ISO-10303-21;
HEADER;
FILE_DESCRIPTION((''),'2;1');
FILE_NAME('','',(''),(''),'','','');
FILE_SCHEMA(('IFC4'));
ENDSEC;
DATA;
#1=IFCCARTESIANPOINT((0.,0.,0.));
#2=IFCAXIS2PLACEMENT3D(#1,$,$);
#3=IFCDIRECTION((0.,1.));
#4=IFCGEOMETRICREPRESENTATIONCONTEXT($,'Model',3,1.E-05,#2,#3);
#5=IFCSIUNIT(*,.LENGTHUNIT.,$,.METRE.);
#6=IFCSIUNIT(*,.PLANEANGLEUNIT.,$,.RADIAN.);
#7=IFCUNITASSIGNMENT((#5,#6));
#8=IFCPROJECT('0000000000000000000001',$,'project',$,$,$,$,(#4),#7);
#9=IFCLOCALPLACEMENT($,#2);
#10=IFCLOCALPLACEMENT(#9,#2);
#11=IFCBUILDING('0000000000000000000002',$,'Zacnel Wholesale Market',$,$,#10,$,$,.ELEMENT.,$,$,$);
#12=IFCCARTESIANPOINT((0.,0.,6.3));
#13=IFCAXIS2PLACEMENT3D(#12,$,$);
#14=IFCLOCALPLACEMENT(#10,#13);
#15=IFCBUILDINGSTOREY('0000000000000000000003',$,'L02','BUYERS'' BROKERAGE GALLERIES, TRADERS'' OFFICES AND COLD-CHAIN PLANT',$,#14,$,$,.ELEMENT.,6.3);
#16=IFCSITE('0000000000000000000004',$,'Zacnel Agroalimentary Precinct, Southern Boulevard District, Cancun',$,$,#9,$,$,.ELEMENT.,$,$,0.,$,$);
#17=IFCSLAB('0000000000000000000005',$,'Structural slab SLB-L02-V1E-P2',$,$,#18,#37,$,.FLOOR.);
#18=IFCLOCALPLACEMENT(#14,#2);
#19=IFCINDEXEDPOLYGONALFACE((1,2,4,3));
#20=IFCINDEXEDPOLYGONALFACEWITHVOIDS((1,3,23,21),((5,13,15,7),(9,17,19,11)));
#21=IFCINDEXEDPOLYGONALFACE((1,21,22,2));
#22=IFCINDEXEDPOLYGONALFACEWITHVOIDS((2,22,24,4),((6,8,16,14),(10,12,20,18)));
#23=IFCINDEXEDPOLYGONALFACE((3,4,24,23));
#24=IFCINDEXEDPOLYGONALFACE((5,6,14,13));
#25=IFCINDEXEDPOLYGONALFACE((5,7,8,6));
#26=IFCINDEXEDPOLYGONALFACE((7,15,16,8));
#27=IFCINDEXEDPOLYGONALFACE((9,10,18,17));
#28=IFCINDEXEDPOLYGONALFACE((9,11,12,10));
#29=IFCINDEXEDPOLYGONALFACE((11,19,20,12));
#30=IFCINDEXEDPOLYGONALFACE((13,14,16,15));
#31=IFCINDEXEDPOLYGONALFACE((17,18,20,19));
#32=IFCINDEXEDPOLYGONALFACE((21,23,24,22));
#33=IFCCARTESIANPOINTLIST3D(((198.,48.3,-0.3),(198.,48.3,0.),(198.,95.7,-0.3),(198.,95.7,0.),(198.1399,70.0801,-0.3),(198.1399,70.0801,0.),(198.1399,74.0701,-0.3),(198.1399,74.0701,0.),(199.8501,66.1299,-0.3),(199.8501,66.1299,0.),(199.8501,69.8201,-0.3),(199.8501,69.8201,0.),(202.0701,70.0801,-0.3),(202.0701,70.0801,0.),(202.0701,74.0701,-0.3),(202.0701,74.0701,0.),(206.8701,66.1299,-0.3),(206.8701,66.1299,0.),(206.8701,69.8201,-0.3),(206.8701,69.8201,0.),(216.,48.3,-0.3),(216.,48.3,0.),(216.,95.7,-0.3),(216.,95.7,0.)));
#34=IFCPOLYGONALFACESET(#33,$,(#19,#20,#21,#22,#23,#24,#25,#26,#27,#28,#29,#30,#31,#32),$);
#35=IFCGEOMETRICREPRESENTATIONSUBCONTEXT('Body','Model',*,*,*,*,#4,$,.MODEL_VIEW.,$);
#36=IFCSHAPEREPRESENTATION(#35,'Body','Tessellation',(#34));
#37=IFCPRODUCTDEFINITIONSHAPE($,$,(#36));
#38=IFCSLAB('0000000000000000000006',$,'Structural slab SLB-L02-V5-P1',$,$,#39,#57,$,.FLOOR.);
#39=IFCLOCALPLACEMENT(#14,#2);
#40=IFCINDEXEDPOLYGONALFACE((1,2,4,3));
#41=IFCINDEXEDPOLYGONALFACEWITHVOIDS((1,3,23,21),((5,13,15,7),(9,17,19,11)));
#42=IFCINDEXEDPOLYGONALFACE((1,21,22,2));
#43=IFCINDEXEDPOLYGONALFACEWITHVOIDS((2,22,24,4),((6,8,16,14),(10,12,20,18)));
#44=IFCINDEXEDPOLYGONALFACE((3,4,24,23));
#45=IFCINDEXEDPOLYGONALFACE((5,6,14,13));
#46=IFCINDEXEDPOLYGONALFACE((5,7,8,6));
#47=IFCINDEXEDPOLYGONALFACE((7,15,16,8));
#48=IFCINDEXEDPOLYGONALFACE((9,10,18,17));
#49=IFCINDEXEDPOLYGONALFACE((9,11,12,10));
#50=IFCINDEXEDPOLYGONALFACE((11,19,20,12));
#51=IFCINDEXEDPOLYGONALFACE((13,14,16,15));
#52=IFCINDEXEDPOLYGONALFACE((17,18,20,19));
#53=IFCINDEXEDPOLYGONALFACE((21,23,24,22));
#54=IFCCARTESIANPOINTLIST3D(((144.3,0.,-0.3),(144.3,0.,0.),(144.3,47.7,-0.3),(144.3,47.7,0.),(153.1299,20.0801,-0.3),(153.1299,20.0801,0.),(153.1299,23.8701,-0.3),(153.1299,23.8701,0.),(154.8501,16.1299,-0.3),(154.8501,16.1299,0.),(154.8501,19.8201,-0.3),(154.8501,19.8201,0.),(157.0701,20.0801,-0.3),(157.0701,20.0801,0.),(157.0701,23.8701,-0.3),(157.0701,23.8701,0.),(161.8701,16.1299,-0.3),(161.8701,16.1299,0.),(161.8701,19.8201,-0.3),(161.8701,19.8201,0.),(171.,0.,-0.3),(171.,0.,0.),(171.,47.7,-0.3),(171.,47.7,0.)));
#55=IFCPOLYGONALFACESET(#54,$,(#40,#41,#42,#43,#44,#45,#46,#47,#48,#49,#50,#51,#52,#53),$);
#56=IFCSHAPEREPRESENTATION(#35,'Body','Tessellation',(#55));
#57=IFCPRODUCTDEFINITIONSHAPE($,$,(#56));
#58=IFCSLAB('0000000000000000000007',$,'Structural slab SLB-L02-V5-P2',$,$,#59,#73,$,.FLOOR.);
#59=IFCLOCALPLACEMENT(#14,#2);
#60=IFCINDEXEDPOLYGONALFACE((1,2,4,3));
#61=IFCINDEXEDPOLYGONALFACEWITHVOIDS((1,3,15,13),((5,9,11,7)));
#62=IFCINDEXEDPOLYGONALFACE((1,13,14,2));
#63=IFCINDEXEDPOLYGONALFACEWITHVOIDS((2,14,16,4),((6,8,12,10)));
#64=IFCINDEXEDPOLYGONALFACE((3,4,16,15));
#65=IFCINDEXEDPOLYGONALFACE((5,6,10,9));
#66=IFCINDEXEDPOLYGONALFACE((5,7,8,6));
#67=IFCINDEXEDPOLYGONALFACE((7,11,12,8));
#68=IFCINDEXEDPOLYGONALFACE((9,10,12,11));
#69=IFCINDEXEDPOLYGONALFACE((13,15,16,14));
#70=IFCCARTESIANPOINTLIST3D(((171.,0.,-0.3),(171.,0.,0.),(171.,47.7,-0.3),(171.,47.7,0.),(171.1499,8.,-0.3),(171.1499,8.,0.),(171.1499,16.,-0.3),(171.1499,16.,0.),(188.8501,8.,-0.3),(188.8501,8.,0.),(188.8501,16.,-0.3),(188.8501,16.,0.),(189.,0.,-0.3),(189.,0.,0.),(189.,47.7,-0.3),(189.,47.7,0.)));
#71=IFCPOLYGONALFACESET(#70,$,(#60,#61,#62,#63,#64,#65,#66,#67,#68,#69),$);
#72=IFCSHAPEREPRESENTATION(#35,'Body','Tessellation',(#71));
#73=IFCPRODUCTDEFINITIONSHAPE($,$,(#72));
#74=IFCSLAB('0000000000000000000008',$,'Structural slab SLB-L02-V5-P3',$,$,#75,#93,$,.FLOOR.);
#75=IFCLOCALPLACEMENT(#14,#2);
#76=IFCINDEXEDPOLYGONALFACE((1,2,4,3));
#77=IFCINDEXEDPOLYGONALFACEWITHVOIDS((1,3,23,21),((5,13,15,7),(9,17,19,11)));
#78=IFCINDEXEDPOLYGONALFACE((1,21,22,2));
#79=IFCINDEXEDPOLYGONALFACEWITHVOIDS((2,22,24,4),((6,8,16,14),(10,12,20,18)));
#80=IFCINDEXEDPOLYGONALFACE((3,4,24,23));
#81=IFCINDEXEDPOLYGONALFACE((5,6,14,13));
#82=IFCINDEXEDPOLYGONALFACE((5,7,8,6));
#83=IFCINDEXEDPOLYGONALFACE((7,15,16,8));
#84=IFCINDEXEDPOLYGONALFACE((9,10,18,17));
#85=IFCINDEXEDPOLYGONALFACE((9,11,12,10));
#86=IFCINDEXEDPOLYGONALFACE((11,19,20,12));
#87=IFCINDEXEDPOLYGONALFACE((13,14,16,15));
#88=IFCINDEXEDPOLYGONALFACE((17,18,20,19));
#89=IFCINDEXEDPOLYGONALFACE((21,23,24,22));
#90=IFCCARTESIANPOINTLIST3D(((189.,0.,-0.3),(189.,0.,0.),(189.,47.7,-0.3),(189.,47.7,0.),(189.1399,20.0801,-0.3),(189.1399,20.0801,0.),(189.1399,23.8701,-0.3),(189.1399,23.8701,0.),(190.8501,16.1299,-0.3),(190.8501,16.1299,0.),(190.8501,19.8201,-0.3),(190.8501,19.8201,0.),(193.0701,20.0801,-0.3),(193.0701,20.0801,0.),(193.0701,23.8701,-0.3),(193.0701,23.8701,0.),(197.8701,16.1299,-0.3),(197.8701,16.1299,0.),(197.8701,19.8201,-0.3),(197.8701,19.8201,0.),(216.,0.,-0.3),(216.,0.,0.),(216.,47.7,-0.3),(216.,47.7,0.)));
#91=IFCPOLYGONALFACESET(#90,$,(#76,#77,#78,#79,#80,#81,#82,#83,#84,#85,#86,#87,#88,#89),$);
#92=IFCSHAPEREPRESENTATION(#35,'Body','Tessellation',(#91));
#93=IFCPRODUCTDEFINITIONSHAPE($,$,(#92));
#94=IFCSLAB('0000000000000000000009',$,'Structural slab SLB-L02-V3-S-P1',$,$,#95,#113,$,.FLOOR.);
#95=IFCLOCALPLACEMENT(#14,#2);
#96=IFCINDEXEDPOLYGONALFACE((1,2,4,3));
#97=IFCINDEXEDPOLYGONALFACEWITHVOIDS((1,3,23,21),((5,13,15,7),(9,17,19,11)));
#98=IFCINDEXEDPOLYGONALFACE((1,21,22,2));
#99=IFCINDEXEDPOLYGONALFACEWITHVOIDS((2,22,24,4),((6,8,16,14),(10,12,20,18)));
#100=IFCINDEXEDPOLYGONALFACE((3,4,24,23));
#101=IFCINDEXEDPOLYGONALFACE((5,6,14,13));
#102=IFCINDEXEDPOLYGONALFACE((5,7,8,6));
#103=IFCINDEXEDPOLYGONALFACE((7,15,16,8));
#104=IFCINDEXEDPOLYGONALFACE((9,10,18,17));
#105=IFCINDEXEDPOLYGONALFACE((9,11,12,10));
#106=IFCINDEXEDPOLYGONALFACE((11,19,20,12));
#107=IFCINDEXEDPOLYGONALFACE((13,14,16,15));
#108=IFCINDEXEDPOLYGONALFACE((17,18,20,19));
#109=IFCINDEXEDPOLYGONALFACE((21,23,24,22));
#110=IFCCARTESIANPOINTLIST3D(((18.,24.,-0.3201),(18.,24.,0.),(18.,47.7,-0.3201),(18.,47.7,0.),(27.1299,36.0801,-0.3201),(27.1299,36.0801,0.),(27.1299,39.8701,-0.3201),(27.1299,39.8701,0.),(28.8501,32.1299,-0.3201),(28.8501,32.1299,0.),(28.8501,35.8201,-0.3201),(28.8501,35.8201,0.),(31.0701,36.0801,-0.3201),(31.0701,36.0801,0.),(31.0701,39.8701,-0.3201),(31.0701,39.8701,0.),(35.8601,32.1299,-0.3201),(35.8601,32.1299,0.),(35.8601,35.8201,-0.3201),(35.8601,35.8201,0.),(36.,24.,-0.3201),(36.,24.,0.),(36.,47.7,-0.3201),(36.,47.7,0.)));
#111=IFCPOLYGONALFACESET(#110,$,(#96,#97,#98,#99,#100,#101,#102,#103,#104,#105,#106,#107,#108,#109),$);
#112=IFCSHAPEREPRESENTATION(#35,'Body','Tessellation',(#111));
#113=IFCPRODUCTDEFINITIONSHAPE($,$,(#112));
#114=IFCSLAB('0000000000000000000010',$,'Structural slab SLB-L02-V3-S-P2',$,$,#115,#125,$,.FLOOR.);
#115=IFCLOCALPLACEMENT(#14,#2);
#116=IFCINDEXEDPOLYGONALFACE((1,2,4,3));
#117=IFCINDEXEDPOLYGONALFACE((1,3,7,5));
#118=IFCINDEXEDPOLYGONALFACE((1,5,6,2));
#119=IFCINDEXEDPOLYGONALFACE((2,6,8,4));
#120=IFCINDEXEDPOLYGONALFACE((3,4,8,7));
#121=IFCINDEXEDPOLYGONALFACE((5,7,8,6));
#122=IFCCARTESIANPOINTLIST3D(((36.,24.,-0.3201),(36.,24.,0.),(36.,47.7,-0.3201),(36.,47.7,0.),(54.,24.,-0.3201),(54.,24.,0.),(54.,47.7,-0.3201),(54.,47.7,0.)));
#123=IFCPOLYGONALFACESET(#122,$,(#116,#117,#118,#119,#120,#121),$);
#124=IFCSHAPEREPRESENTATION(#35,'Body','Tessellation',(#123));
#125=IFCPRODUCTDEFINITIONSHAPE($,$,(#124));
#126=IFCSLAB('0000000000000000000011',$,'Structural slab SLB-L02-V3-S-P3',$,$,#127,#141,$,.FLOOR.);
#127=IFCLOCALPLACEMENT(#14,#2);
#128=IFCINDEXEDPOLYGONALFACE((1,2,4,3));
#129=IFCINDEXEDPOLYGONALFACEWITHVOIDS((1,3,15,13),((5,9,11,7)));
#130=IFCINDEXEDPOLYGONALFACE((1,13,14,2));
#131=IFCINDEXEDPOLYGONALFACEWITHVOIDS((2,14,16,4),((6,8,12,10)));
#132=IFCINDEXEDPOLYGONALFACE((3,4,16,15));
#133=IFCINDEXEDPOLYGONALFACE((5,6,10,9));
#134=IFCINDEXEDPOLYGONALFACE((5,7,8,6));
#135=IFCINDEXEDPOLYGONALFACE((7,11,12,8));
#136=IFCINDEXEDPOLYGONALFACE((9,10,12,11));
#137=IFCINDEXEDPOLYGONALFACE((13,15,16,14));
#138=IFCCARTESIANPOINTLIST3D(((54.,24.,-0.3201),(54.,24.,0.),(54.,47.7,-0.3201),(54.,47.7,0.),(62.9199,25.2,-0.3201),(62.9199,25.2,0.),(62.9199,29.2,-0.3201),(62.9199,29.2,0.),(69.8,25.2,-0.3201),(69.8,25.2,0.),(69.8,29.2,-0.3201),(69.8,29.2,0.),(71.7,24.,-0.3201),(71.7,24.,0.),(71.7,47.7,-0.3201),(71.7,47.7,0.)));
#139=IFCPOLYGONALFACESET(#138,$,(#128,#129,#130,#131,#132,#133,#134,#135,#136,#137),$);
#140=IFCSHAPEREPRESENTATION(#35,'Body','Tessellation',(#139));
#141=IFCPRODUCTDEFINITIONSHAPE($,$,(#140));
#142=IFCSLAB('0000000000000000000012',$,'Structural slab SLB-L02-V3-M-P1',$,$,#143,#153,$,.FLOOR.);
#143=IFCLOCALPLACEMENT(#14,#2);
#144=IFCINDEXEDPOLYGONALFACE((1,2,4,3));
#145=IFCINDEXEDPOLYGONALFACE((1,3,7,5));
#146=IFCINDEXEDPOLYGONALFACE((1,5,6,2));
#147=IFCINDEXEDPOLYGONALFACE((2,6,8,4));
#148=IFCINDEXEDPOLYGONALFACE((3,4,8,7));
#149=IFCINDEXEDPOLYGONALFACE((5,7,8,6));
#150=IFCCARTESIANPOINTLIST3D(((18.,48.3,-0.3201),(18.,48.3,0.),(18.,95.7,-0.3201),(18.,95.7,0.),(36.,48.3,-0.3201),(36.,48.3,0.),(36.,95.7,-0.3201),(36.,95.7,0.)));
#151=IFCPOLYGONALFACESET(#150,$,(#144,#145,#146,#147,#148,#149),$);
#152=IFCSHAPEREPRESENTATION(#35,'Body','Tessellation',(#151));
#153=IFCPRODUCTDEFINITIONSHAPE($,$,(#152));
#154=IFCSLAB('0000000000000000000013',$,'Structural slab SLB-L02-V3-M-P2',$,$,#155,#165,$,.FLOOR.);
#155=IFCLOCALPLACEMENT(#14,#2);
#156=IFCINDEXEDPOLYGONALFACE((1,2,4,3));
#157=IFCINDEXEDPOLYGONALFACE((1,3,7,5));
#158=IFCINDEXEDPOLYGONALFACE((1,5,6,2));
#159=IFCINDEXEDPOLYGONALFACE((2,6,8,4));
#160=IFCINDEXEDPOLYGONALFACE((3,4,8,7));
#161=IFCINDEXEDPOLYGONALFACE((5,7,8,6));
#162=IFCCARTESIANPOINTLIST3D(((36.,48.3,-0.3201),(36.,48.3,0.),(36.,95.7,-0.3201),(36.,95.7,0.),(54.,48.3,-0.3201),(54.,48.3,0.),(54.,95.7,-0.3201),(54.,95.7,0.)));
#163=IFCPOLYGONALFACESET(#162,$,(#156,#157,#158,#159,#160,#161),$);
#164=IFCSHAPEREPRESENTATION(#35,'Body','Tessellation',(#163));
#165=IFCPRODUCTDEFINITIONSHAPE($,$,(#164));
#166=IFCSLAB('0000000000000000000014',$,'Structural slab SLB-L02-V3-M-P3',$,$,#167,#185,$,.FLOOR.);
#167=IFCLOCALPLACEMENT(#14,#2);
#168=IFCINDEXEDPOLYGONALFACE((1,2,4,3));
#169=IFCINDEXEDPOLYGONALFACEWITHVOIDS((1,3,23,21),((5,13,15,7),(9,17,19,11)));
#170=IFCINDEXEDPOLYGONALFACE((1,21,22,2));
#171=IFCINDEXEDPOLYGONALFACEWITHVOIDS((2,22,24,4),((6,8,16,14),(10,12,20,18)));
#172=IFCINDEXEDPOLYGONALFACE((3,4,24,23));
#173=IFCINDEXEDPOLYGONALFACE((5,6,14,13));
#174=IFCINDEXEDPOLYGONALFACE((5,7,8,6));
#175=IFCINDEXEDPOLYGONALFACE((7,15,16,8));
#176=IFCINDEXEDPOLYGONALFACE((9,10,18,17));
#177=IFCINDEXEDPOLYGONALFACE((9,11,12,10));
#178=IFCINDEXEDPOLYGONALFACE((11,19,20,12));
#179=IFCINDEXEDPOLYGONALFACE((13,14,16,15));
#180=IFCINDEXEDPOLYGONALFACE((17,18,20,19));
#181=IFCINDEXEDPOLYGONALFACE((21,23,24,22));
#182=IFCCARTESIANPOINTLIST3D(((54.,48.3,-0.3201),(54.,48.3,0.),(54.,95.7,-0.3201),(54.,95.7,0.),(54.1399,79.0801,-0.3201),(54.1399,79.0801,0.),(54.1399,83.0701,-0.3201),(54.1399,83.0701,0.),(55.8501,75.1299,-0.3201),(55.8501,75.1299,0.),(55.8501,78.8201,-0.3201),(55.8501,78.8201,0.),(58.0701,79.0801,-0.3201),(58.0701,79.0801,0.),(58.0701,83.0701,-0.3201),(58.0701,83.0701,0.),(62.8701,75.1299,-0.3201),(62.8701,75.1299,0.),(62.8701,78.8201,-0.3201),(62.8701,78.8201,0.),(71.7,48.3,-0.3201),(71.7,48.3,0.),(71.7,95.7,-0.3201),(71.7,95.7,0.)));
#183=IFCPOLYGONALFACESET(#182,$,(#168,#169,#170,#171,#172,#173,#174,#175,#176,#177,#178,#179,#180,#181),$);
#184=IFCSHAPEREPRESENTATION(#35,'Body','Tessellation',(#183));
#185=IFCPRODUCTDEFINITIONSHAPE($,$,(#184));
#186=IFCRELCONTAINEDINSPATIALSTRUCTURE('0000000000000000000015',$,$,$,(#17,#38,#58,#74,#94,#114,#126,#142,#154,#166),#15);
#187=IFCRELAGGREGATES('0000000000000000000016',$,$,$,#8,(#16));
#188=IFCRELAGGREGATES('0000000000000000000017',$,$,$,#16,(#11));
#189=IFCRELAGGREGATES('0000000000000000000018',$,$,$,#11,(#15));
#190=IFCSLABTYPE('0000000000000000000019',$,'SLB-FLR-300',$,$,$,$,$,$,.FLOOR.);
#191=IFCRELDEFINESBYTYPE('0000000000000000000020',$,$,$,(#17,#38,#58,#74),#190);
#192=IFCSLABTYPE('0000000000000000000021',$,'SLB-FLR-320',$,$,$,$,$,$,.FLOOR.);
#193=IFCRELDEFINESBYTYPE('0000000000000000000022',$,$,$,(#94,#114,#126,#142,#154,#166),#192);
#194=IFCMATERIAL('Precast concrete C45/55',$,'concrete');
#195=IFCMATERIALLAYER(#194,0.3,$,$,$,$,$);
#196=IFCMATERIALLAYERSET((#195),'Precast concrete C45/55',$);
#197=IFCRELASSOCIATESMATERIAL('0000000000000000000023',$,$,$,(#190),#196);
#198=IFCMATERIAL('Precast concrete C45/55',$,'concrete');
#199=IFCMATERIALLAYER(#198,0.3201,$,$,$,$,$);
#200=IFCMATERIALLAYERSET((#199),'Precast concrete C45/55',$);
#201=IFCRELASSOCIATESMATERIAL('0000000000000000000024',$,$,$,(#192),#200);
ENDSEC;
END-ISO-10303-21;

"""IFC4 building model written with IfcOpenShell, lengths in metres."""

from ifc_helpers import new_model, si_unit, direction, frame, origin, place, context, subcontext, project, spatial, polyline, outline, extrude, material, layer, layer_set, type_object, element, save


model = new_model("IFC4")

# Units and contexts
model_context = context("Model", 3, precision=1e-05, world=origin(), true_north=direction((0.0, 1.0)))
body_context = subcontext(model_context, "Body", "Model", "MODEL_VIEW")
ifc_project = project(units=[si_unit("LENGTHUNIT", "METRE"), si_unit("PLANEANGLEUNIT", "RADIAN")], contexts=[model_context])

# Site, building, storey
site_placement = place(None, origin())
site = spatial("IfcSite", under=ifc_project, at=site_placement, Name="Zacnel Agroalimentary Precinct, Southern Boulevard District, Cancun", CompositionType="ELEMENT", RefElevation=0.0)
building_placement = place(site_placement, origin())
building = spatial("IfcBuilding", under=site, at=building_placement, Name="Zacnel Wholesale Market", CompositionType="ELEMENT")
storey_placement = place(building_placement, frame((0.0, 0.0, 6.3)))
storey = spatial("IfcBuildingStorey", under=building, at=storey_placement, Name="L02", Description="BUYERS' BROKERAGE GALLERIES, TRADERS' OFFICES AND COLD-CHAIN PLANT", CompositionType="ELEMENT", Elevation=6.3)

# Slabs
ifc_material_1 = material(Name="Precast concrete C45/55", Category="concrete")
ifc_layer_1 = layer(ifc_material_1, 0.3)
ifc_layer_set_1 = layer_set([ifc_layer_1], Name="Precast concrete C45/55")
slab_type_1 = type_object("IfcSlabType", Name="SLB-FLR-300", PredefinedType="FLOOR", material=ifc_layer_set_1)
slab_1_placement = place(storey_placement, frame((0.0, 0.0, -0.3)))
element("IfcSlab", 1, at=slab_1_placement, inside=storey, type_object=slab_type_1, Name="Structural slab SLB-L02-V1E-P2", PredefinedType="FLOOR", context=body_context, shape_type="SweptSolid", body=[
    extrude(outline(polyline([(216.0, 48.3), (198.0, 48.3), (198.0, 95.7), (216.0, 95.7), (216.0, 48.3)]), holes=[polyline([(199.8501, 66.1299), (206.8701, 66.1299), (206.8701, 69.8201), (199.8501, 69.8201), (199.8501, 66.1299)]), polyline([(198.1399, 70.0801), (202.0701, 70.0801), (202.0701, 74.0701), (198.1399, 74.0701), (198.1399, 70.0801)])]), origin(), (0.0, 0.0, 1.0), 0.3),
])
slab_2_placement = place(storey_placement, frame((0.0, 0.0, -0.3)))
element("IfcSlab", 2, at=slab_2_placement, inside=storey, type_object=slab_type_1, Name="Structural slab SLB-L02-V5-P1", PredefinedType="FLOOR", context=body_context, shape_type="SweptSolid", body=[
    extrude(outline(polyline([(171.0, 47.7), (171.0, 0.0), (144.3, 0.0), (144.3, 47.7), (171.0, 47.7)]), holes=[polyline([(154.8501, 16.1299), (161.8701, 16.1299), (161.8701, 19.8201), (154.8501, 19.8201), (154.8501, 16.1299)]), polyline([(153.1299, 20.0801), (157.0701, 20.0801), (157.0701, 23.8701), (153.1299, 23.8701), (153.1299, 20.0801)])]), origin(), (0.0, 0.0, 1.0), 0.3),
])
slab_3_placement = place(storey_placement, frame((0.0, 0.0, -0.3)))
element("IfcSlab", 3, at=slab_3_placement, inside=storey, type_object=slab_type_1, Name="Structural slab SLB-L02-V5-P2", PredefinedType="FLOOR", context=body_context, shape_type="SweptSolid", body=[
    extrude(outline(polyline([(189.0, 47.7), (189.0, 0.0), (171.0, 0.0), (171.0, 47.7), (189.0, 47.7)]), holes=[polyline([(171.1499, 8.0), (188.8501, 8.0), (188.8501, 16.0), (171.1499, 16.0), (171.1499, 8.0)])]), origin(), (0.0, 0.0, 1.0), 0.3),
])
slab_4_placement = place(storey_placement, frame((0.0, 0.0, -0.3)))
element("IfcSlab", 4, at=slab_4_placement, inside=storey, type_object=slab_type_1, Name="Structural slab SLB-L02-V5-P3", PredefinedType="FLOOR", context=body_context, shape_type="SweptSolid", body=[
    extrude(outline(polyline([(216.0, 0.0), (189.0, 0.0), (189.0, 47.7), (216.0, 47.7), (216.0, 0.0)]), holes=[polyline([(190.8501, 16.1299), (197.8701, 16.1299), (197.8701, 19.8201), (190.8501, 19.8201), (190.8501, 16.1299)]), polyline([(189.1399, 20.0801), (193.0701, 20.0801), (193.0701, 23.8701), (189.1399, 23.8701), (189.1399, 20.0801)])]), origin(), (0.0, 0.0, 1.0), 0.3),
])
ifc_material_2 = material(Name="Precast concrete C45/55", Category="concrete")
ifc_layer_2 = layer(ifc_material_2, 0.3201)
ifc_layer_set_2 = layer_set([ifc_layer_2], Name="Precast concrete C45/55")
slab_type_2 = type_object("IfcSlabType", Name="SLB-FLR-320", PredefinedType="FLOOR", material=ifc_layer_set_2)
slab_5_placement = place(storey_placement, frame((0.0, 0.0, -0.3201)))
element("IfcSlab", 5, at=slab_5_placement, inside=storey, type_object=slab_type_2, Name="Structural slab SLB-L02-V3-S-P1", PredefinedType="FLOOR", context=body_context, shape_type="SweptSolid", body=[
    extrude(outline(polyline([(36.0, 47.7), (36.0, 24.0), (18.0, 24.0), (18.0, 47.7), (36.0, 47.7)]), holes=[polyline([(28.8501, 32.1299), (35.8601, 32.1299), (35.8601, 35.8201), (28.8501, 35.8201), (28.8501, 32.1299)]), polyline([(27.1299, 36.0801), (31.0701, 36.0801), (31.0701, 39.8701), (27.1299, 39.8701), (27.1299, 36.0801)])]), origin(), (0.0, 0.0, 1.0), 0.3201),
])
slab_6_placement = place(storey_placement, frame((0.0, 0.0, -0.3201)))
element("IfcSlab", 6, at=slab_6_placement, inside=storey, type_object=slab_type_2, Name="Structural slab SLB-L02-V3-S-P2", PredefinedType="FLOOR", context=body_context, shape_type="SweptSolid", body=[
    extrude(outline(polyline([(54.0, 47.7), (54.0, 24.0), (36.0, 24.0), (36.0, 47.7), (54.0, 47.7)])), origin(), (0.0, 0.0, 1.0), 0.3201),
])
slab_7_placement = place(storey_placement, frame((0.0, 0.0, -0.3201)))
element("IfcSlab", 7, at=slab_7_placement, inside=storey, type_object=slab_type_2, Name="Structural slab SLB-L02-V3-S-P3", PredefinedType="FLOOR", context=body_context, shape_type="SweptSolid", body=[
    extrude(outline(polyline([(71.7, 24.0), (54.0, 24.0), (54.0, 47.7), (71.7, 47.7), (71.7, 24.0)]), holes=[polyline([(62.9199, 25.2), (69.8, 25.2), (69.8, 29.2), (62.9199, 29.2), (62.9199, 25.2)])]), origin(), (0.0, 0.0, 1.0), 0.3201),
])
slab_8_placement = place(storey_placement, frame((0.0, 0.0, -0.3201)))
element("IfcSlab", 8, at=slab_8_placement, inside=storey, type_object=slab_type_2, Name="Structural slab SLB-L02-V3-M-P1", PredefinedType="FLOOR", context=body_context, shape_type="SweptSolid", body=[
    extrude(outline(polyline([(36.0, 95.7), (36.0, 48.3), (18.0, 48.3), (18.0, 95.7), (36.0, 95.7)])), origin(), (0.0, 0.0, 1.0), 0.3201),
])
slab_9_placement = place(storey_placement, frame((0.0, 0.0, -0.3201)))
element("IfcSlab", 9, at=slab_9_placement, inside=storey, type_object=slab_type_2, Name="Structural slab SLB-L02-V3-M-P2", PredefinedType="FLOOR", context=body_context, shape_type="SweptSolid", body=[
    extrude(outline(polyline([(54.0, 95.7), (54.0, 48.3), (36.0, 48.3), (36.0, 95.7), (54.0, 95.7)])), origin(), (0.0, 0.0, 1.0), 0.3201),
])
slab_10_placement = place(storey_placement, frame((0.0, 0.0, -0.3201)))
element("IfcSlab", 10, at=slab_10_placement, inside=storey, type_object=slab_type_2, Name="Structural slab SLB-L02-V3-M-P3", PredefinedType="FLOOR", context=body_context, shape_type="SweptSolid", body=[
    extrude(outline(polyline([(71.7, 48.3), (54.0, 48.3), (54.0, 95.7), (71.7, 95.7), (71.7, 48.3)]), holes=[polyline([(55.8501, 75.1299), (62.8701, 75.1299), (62.8701, 78.8201), (55.8501, 78.8201), (55.8501, 75.1299)]), polyline([(54.1399, 79.0801), (58.0701, 79.0801), (58.0701, 83.0701), (54.1399, 83.0701), (54.1399, 79.0801)])]), origin(), (0.0, 0.0, 1.0), 0.3201),
])

save(model, "model.ifc")
